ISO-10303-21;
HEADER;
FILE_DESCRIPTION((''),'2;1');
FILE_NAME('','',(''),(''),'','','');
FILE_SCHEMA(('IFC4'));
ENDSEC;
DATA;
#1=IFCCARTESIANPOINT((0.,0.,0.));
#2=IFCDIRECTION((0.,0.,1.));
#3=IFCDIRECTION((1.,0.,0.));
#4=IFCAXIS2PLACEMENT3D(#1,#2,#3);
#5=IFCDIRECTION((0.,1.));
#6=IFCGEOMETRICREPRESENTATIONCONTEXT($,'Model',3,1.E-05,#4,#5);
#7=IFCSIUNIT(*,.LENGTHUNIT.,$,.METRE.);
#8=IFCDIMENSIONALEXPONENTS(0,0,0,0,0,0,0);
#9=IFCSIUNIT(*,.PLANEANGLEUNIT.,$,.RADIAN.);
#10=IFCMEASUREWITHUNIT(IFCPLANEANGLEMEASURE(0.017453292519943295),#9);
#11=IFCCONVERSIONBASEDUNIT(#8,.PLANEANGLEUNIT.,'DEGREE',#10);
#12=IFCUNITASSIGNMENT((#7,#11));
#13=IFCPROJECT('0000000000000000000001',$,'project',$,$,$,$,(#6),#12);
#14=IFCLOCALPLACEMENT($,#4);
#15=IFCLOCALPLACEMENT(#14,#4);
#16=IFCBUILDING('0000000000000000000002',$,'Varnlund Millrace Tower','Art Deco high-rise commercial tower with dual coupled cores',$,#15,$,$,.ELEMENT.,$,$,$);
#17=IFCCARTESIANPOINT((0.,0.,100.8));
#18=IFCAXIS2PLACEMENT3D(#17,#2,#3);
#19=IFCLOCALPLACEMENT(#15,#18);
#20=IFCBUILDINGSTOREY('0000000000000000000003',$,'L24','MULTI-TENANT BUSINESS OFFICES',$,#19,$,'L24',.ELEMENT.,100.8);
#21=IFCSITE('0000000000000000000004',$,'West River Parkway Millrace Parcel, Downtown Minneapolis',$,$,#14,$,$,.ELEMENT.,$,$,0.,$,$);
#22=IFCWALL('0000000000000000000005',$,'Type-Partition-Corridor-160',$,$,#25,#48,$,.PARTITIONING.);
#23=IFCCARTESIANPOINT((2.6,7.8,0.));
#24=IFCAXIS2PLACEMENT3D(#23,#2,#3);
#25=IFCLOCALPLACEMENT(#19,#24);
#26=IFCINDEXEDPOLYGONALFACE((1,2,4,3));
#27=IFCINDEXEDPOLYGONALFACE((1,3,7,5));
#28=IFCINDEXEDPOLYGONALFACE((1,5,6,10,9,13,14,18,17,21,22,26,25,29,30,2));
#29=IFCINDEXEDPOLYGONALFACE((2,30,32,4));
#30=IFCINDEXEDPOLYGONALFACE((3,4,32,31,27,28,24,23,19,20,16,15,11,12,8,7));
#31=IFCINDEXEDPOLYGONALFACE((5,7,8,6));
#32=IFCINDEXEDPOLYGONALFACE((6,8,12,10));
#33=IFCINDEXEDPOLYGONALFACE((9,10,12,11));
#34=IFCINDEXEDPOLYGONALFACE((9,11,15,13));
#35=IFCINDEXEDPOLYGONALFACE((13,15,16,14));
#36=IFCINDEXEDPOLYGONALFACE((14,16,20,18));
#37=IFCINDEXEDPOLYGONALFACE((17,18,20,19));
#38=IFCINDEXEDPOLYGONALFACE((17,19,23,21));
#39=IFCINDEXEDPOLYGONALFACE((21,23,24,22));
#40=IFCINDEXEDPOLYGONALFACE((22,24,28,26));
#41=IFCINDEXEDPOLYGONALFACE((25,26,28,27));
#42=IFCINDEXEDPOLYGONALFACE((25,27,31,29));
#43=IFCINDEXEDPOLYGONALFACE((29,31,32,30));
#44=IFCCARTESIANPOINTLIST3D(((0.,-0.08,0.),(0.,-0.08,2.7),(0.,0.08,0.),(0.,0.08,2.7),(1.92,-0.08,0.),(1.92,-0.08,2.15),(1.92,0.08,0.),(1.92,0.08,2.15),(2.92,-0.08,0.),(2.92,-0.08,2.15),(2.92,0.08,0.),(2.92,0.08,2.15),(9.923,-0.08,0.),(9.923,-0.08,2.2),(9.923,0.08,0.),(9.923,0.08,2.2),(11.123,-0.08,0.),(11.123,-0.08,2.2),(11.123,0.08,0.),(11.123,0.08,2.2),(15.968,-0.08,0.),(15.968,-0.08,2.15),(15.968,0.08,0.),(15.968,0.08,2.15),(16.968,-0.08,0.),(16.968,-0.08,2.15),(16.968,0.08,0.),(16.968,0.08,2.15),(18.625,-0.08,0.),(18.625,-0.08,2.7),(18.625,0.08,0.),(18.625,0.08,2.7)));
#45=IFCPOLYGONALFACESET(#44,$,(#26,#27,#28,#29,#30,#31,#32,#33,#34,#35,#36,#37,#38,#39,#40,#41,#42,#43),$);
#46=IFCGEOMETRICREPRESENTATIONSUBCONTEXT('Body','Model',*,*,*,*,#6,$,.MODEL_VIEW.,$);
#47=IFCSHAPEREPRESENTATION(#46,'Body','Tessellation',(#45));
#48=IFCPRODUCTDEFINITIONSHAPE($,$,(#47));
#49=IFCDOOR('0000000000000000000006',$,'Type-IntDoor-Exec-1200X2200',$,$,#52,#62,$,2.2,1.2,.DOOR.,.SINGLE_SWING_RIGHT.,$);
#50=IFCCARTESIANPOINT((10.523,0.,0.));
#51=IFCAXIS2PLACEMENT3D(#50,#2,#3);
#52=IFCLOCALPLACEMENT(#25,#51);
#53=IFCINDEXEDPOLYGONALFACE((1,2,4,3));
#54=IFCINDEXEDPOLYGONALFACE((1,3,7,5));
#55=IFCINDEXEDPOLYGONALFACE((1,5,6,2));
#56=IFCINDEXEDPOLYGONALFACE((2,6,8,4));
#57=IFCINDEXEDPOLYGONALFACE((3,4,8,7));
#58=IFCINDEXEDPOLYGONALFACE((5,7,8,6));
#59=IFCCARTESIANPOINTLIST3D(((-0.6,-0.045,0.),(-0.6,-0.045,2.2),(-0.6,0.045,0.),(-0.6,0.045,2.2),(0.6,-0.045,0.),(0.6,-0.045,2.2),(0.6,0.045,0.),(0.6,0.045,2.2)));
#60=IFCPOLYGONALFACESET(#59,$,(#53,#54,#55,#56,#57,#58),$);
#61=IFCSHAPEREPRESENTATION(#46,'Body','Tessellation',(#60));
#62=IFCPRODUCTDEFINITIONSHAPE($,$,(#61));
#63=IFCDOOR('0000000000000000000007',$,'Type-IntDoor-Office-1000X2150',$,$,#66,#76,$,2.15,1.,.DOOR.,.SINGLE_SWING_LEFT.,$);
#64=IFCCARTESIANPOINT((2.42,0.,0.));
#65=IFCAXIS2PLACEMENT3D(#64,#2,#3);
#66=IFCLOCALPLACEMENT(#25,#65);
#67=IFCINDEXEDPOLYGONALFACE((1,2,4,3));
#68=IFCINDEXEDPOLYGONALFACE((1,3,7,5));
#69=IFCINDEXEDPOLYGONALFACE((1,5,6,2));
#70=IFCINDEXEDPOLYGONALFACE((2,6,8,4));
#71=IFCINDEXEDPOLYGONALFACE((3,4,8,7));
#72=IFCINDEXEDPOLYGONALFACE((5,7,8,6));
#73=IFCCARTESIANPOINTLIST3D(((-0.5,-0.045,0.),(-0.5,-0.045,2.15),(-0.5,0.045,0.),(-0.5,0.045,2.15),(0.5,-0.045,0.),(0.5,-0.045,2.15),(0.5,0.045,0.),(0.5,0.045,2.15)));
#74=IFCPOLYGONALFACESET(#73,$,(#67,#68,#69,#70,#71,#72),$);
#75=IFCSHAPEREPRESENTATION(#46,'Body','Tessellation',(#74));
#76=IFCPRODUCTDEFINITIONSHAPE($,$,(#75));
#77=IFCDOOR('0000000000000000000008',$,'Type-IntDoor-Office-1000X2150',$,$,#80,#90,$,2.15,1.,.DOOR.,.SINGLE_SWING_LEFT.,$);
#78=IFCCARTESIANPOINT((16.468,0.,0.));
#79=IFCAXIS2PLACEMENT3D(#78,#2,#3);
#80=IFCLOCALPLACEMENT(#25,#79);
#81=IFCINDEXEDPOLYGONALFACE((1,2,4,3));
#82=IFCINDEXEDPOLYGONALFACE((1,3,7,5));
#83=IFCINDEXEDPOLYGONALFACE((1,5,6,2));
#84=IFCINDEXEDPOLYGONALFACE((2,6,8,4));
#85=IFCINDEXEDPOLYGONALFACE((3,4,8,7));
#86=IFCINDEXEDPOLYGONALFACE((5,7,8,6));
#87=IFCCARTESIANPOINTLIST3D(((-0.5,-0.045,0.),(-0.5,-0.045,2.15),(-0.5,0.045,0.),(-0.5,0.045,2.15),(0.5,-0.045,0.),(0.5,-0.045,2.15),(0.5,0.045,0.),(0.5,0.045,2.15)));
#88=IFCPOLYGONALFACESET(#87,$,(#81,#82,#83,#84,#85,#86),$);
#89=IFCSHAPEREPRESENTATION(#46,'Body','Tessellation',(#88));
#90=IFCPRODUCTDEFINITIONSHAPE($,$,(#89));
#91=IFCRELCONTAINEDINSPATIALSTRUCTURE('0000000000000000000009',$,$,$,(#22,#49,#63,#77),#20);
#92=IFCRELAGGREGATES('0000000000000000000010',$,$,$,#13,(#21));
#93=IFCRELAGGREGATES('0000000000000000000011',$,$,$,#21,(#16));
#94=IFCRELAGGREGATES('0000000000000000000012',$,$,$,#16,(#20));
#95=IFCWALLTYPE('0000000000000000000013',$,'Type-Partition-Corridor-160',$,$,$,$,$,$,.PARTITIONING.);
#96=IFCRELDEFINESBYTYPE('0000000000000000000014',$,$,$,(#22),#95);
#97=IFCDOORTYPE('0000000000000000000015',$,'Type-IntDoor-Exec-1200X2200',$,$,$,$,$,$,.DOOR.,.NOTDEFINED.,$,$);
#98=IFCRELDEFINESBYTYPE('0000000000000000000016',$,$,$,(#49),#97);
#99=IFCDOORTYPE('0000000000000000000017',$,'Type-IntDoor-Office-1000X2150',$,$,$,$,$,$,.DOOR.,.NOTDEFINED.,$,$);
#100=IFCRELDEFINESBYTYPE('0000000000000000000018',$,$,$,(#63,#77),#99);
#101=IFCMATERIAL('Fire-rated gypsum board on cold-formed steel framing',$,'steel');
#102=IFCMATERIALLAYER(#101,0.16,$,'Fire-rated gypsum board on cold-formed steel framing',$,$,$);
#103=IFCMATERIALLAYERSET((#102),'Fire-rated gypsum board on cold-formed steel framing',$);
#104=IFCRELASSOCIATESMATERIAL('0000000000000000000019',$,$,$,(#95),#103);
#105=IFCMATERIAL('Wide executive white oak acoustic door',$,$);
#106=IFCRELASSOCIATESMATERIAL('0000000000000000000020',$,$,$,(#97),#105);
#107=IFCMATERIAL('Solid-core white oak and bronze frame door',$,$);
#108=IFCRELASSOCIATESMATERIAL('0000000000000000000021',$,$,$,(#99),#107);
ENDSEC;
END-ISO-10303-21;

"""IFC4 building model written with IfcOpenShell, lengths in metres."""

from ifc_helpers import new_model, entity, si_unit, converted_unit, direction, frame, origin_with_axes, origin_2d_with_axis, place, context, subcontext, project, spatial, polyline, rectangle, outline, extrude, material, layer, layer_set, type_object, element, fill, save


model = new_model("IFC4")

# Units and contexts
model_context = context("Model", 3, precision=1e-05, world=origin_with_axes(), true_north=direction((0.0, 1.0)))
body_context = subcontext(model_context, "Body", "Model", "MODEL_VIEW")
ifc_project = project(units=[si_unit("LENGTHUNIT", "METRE"), converted_unit("PLANEANGLEUNIT", "DEGREE", entity("IfcPlaneAngleMeasure", 0.017453292519943295), si_unit("PLANEANGLEUNIT", "RADIAN"), dimensions=[0, 0, 0, 0, 0, 0, 0])], contexts=[model_context])

# Site, building, storey
site_placement = place(None, origin_with_axes())
site = spatial("IfcSite", under=ifc_project, at=site_placement, Name="West River Parkway Millrace Parcel, Downtown Minneapolis", CompositionType="ELEMENT", RefElevation=0.0)
building_placement = place(site_placement, origin_with_axes())
building = spatial("IfcBuilding", under=site, at=building_placement, Name="Varnlund Millrace Tower", Description="Art Deco high-rise commercial tower with dual coupled cores", CompositionType="ELEMENT")
storey_placement = place(building_placement, frame((0.0, 0.0, 100.8), z_axis=(0.0, 0.0, 1.0), x_axis=(1.0, 0.0, 0.0)))
storey = spatial("IfcBuildingStorey", under=building, at=storey_placement, Name="L24", Description="MULTI-TENANT BUSINESS OFFICES", LongName="L24", CompositionType="ELEMENT", Elevation=100.8)

# Wall, openings, doors
ifc_material_1 = material(Name="Fire-rated gypsum board on cold-formed steel framing", Category="steel")
ifc_layer_1 = layer(ifc_material_1, 0.16, Name="Fire-rated gypsum board on cold-formed steel framing")
ifc_layer_set_1 = layer_set([ifc_layer_1], Name="Fire-rated gypsum board on cold-formed steel framing")
wall_type_1 = type_object("IfcWallType", Name="Type-Partition-Corridor-160", PredefinedType="PARTITIONING", material=ifc_layer_set_1)
wall_1_placement = place(storey_placement, frame((2.6, 7.8, 0.0), z_axis=(0.0, 0.0, 1.0), x_axis=(1.0, 0.0, 0.0)))
wall_1 = element("IfcWall", 1, at=wall_1_placement, inside=storey, type_object=wall_type_1, Name="Type-Partition-Corridor-160", PredefinedType="PARTITIONING", context=body_context, shape_type="SweptSolid", body=[
    extrude(outline(polyline([(0.0, -0.08), (18.625, -0.08), (18.625, 0.08), (0.0, 0.08), (0.0, -0.08)])), origin_with_axes(), (0.0, 0.0, 1.0), 2.7),
])
opening_1_placement = place(wall_1_placement, frame((2.42, 0.0, 0.0), z_axis=(0.0, 0.0, 1.0), x_axis=(1.0, 0.0, 0.0)))
opening_1 = element("IfcOpeningElement", 2, at=opening_1_placement, cuts=wall_1, PredefinedType="OPENING", context=body_context, shape_type="SweptSolid", body=[
    extrude(rectangle(XDim=1.0, YDim=0.18, at=origin_2d_with_axis()), origin_with_axes(), (0.0, 0.0, 1.0), 2.15),
])
opening_2_placement = place(wall_1_placement, frame((10.523, 0.0, 0.0), z_axis=(0.0, 0.0, 1.0), x_axis=(1.0, 0.0, 0.0)))
opening_2 = element("IfcOpeningElement", 3, at=opening_2_placement, cuts=wall_1, PredefinedType="OPENING", context=body_context, shape_type="SweptSolid", body=[
    extrude(rectangle(XDim=1.2, YDim=0.18, at=origin_2d_with_axis()), origin_with_axes(), (0.0, 0.0, 1.0), 2.2),
])
opening_3_placement = place(wall_1_placement, frame((16.468, 0.0, 0.0), z_axis=(0.0, 0.0, 1.0), x_axis=(1.0, 0.0, 0.0)))
opening_3 = element("IfcOpeningElement", 4, at=opening_3_placement, cuts=wall_1, PredefinedType="OPENING", context=body_context, shape_type="SweptSolid", body=[
    extrude(rectangle(XDim=1.0, YDim=0.18, at=origin_2d_with_axis()), origin_with_axes(), (0.0, 0.0, 1.0), 2.15),
])
ifc_material_2 = material(Name="Wide executive white oak acoustic door")
door_type_1 = type_object("IfcDoorType", Name="Type-IntDoor-Exec-1200X2200", OperationType="NOTDEFINED", PredefinedType="DOOR", material=ifc_material_2)
door_1_placement = place(wall_1_placement, frame((10.523, 0.0, 0.0), z_axis=(0.0, 0.0, 1.0), x_axis=(1.0, 0.0, 0.0)))
door_1 = element("IfcDoor", 5, at=door_1_placement, inside=storey, type_object=door_type_1, Name="Type-IntDoor-Exec-1200X2200", OperationType="SINGLE_SWING_RIGHT", OverallHeight=2.2, OverallWidth=1.2, PredefinedType="DOOR", context=body_context, shape_type="SweptSolid", body=[
    extrude(rectangle(XDim=1.2, YDim=0.09, at=origin_2d_with_axis()), origin_with_axes(), (0.0, 0.0, 1.0), 2.2),
])
fill(opening_2, door_1)
ifc_material_3 = material(Name="Solid-core white oak and bronze frame door")
door_type_2 = type_object("IfcDoorType", Name="Type-IntDoor-Office-1000X2150", OperationType="NOTDEFINED", PredefinedType="DOOR", material=ifc_material_3)
door_2_placement = place(wall_1_placement, frame((2.42, 0.0, 0.0), z_axis=(0.0, 0.0, 1.0), x_axis=(1.0, 0.0, 0.0)))
door_2 = element("IfcDoor", 6, at=door_2_placement, inside=storey, type_object=door_type_2, Name="Type-IntDoor-Office-1000X2150", OperationType="SINGLE_SWING_LEFT", OverallHeight=2.15, OverallWidth=1.0, PredefinedType="DOOR", context=body_context, shape_type="SweptSolid", body=[
    extrude(rectangle(XDim=1.0, YDim=0.09, at=origin_2d_with_axis()), origin_with_axes(), (0.0, 0.0, 1.0), 2.15),
])
fill(opening_1, door_2)
door_3_placement = place(wall_1_placement, frame((16.468, 0.0, 0.0), z_axis=(0.0, 0.0, 1.0), x_axis=(1.0, 0.0, 0.0)))
door_3 = element("IfcDoor", 7, at=door_3_placement, inside=storey, type_object=door_type_2, Name="Type-IntDoor-Office-1000X2150", OperationType="SINGLE_SWING_LEFT", OverallHeight=2.15, OverallWidth=1.0, PredefinedType="DOOR", context=body_context, shape_type="SweptSolid", body=[
    extrude(rectangle(XDim=1.0, YDim=0.09, at=origin_2d_with_axis()), origin_with_axes(), (0.0, 0.0, 1.0), 2.15),
])
fill(opening_3, door_3)

save(model, "model.ifc")
